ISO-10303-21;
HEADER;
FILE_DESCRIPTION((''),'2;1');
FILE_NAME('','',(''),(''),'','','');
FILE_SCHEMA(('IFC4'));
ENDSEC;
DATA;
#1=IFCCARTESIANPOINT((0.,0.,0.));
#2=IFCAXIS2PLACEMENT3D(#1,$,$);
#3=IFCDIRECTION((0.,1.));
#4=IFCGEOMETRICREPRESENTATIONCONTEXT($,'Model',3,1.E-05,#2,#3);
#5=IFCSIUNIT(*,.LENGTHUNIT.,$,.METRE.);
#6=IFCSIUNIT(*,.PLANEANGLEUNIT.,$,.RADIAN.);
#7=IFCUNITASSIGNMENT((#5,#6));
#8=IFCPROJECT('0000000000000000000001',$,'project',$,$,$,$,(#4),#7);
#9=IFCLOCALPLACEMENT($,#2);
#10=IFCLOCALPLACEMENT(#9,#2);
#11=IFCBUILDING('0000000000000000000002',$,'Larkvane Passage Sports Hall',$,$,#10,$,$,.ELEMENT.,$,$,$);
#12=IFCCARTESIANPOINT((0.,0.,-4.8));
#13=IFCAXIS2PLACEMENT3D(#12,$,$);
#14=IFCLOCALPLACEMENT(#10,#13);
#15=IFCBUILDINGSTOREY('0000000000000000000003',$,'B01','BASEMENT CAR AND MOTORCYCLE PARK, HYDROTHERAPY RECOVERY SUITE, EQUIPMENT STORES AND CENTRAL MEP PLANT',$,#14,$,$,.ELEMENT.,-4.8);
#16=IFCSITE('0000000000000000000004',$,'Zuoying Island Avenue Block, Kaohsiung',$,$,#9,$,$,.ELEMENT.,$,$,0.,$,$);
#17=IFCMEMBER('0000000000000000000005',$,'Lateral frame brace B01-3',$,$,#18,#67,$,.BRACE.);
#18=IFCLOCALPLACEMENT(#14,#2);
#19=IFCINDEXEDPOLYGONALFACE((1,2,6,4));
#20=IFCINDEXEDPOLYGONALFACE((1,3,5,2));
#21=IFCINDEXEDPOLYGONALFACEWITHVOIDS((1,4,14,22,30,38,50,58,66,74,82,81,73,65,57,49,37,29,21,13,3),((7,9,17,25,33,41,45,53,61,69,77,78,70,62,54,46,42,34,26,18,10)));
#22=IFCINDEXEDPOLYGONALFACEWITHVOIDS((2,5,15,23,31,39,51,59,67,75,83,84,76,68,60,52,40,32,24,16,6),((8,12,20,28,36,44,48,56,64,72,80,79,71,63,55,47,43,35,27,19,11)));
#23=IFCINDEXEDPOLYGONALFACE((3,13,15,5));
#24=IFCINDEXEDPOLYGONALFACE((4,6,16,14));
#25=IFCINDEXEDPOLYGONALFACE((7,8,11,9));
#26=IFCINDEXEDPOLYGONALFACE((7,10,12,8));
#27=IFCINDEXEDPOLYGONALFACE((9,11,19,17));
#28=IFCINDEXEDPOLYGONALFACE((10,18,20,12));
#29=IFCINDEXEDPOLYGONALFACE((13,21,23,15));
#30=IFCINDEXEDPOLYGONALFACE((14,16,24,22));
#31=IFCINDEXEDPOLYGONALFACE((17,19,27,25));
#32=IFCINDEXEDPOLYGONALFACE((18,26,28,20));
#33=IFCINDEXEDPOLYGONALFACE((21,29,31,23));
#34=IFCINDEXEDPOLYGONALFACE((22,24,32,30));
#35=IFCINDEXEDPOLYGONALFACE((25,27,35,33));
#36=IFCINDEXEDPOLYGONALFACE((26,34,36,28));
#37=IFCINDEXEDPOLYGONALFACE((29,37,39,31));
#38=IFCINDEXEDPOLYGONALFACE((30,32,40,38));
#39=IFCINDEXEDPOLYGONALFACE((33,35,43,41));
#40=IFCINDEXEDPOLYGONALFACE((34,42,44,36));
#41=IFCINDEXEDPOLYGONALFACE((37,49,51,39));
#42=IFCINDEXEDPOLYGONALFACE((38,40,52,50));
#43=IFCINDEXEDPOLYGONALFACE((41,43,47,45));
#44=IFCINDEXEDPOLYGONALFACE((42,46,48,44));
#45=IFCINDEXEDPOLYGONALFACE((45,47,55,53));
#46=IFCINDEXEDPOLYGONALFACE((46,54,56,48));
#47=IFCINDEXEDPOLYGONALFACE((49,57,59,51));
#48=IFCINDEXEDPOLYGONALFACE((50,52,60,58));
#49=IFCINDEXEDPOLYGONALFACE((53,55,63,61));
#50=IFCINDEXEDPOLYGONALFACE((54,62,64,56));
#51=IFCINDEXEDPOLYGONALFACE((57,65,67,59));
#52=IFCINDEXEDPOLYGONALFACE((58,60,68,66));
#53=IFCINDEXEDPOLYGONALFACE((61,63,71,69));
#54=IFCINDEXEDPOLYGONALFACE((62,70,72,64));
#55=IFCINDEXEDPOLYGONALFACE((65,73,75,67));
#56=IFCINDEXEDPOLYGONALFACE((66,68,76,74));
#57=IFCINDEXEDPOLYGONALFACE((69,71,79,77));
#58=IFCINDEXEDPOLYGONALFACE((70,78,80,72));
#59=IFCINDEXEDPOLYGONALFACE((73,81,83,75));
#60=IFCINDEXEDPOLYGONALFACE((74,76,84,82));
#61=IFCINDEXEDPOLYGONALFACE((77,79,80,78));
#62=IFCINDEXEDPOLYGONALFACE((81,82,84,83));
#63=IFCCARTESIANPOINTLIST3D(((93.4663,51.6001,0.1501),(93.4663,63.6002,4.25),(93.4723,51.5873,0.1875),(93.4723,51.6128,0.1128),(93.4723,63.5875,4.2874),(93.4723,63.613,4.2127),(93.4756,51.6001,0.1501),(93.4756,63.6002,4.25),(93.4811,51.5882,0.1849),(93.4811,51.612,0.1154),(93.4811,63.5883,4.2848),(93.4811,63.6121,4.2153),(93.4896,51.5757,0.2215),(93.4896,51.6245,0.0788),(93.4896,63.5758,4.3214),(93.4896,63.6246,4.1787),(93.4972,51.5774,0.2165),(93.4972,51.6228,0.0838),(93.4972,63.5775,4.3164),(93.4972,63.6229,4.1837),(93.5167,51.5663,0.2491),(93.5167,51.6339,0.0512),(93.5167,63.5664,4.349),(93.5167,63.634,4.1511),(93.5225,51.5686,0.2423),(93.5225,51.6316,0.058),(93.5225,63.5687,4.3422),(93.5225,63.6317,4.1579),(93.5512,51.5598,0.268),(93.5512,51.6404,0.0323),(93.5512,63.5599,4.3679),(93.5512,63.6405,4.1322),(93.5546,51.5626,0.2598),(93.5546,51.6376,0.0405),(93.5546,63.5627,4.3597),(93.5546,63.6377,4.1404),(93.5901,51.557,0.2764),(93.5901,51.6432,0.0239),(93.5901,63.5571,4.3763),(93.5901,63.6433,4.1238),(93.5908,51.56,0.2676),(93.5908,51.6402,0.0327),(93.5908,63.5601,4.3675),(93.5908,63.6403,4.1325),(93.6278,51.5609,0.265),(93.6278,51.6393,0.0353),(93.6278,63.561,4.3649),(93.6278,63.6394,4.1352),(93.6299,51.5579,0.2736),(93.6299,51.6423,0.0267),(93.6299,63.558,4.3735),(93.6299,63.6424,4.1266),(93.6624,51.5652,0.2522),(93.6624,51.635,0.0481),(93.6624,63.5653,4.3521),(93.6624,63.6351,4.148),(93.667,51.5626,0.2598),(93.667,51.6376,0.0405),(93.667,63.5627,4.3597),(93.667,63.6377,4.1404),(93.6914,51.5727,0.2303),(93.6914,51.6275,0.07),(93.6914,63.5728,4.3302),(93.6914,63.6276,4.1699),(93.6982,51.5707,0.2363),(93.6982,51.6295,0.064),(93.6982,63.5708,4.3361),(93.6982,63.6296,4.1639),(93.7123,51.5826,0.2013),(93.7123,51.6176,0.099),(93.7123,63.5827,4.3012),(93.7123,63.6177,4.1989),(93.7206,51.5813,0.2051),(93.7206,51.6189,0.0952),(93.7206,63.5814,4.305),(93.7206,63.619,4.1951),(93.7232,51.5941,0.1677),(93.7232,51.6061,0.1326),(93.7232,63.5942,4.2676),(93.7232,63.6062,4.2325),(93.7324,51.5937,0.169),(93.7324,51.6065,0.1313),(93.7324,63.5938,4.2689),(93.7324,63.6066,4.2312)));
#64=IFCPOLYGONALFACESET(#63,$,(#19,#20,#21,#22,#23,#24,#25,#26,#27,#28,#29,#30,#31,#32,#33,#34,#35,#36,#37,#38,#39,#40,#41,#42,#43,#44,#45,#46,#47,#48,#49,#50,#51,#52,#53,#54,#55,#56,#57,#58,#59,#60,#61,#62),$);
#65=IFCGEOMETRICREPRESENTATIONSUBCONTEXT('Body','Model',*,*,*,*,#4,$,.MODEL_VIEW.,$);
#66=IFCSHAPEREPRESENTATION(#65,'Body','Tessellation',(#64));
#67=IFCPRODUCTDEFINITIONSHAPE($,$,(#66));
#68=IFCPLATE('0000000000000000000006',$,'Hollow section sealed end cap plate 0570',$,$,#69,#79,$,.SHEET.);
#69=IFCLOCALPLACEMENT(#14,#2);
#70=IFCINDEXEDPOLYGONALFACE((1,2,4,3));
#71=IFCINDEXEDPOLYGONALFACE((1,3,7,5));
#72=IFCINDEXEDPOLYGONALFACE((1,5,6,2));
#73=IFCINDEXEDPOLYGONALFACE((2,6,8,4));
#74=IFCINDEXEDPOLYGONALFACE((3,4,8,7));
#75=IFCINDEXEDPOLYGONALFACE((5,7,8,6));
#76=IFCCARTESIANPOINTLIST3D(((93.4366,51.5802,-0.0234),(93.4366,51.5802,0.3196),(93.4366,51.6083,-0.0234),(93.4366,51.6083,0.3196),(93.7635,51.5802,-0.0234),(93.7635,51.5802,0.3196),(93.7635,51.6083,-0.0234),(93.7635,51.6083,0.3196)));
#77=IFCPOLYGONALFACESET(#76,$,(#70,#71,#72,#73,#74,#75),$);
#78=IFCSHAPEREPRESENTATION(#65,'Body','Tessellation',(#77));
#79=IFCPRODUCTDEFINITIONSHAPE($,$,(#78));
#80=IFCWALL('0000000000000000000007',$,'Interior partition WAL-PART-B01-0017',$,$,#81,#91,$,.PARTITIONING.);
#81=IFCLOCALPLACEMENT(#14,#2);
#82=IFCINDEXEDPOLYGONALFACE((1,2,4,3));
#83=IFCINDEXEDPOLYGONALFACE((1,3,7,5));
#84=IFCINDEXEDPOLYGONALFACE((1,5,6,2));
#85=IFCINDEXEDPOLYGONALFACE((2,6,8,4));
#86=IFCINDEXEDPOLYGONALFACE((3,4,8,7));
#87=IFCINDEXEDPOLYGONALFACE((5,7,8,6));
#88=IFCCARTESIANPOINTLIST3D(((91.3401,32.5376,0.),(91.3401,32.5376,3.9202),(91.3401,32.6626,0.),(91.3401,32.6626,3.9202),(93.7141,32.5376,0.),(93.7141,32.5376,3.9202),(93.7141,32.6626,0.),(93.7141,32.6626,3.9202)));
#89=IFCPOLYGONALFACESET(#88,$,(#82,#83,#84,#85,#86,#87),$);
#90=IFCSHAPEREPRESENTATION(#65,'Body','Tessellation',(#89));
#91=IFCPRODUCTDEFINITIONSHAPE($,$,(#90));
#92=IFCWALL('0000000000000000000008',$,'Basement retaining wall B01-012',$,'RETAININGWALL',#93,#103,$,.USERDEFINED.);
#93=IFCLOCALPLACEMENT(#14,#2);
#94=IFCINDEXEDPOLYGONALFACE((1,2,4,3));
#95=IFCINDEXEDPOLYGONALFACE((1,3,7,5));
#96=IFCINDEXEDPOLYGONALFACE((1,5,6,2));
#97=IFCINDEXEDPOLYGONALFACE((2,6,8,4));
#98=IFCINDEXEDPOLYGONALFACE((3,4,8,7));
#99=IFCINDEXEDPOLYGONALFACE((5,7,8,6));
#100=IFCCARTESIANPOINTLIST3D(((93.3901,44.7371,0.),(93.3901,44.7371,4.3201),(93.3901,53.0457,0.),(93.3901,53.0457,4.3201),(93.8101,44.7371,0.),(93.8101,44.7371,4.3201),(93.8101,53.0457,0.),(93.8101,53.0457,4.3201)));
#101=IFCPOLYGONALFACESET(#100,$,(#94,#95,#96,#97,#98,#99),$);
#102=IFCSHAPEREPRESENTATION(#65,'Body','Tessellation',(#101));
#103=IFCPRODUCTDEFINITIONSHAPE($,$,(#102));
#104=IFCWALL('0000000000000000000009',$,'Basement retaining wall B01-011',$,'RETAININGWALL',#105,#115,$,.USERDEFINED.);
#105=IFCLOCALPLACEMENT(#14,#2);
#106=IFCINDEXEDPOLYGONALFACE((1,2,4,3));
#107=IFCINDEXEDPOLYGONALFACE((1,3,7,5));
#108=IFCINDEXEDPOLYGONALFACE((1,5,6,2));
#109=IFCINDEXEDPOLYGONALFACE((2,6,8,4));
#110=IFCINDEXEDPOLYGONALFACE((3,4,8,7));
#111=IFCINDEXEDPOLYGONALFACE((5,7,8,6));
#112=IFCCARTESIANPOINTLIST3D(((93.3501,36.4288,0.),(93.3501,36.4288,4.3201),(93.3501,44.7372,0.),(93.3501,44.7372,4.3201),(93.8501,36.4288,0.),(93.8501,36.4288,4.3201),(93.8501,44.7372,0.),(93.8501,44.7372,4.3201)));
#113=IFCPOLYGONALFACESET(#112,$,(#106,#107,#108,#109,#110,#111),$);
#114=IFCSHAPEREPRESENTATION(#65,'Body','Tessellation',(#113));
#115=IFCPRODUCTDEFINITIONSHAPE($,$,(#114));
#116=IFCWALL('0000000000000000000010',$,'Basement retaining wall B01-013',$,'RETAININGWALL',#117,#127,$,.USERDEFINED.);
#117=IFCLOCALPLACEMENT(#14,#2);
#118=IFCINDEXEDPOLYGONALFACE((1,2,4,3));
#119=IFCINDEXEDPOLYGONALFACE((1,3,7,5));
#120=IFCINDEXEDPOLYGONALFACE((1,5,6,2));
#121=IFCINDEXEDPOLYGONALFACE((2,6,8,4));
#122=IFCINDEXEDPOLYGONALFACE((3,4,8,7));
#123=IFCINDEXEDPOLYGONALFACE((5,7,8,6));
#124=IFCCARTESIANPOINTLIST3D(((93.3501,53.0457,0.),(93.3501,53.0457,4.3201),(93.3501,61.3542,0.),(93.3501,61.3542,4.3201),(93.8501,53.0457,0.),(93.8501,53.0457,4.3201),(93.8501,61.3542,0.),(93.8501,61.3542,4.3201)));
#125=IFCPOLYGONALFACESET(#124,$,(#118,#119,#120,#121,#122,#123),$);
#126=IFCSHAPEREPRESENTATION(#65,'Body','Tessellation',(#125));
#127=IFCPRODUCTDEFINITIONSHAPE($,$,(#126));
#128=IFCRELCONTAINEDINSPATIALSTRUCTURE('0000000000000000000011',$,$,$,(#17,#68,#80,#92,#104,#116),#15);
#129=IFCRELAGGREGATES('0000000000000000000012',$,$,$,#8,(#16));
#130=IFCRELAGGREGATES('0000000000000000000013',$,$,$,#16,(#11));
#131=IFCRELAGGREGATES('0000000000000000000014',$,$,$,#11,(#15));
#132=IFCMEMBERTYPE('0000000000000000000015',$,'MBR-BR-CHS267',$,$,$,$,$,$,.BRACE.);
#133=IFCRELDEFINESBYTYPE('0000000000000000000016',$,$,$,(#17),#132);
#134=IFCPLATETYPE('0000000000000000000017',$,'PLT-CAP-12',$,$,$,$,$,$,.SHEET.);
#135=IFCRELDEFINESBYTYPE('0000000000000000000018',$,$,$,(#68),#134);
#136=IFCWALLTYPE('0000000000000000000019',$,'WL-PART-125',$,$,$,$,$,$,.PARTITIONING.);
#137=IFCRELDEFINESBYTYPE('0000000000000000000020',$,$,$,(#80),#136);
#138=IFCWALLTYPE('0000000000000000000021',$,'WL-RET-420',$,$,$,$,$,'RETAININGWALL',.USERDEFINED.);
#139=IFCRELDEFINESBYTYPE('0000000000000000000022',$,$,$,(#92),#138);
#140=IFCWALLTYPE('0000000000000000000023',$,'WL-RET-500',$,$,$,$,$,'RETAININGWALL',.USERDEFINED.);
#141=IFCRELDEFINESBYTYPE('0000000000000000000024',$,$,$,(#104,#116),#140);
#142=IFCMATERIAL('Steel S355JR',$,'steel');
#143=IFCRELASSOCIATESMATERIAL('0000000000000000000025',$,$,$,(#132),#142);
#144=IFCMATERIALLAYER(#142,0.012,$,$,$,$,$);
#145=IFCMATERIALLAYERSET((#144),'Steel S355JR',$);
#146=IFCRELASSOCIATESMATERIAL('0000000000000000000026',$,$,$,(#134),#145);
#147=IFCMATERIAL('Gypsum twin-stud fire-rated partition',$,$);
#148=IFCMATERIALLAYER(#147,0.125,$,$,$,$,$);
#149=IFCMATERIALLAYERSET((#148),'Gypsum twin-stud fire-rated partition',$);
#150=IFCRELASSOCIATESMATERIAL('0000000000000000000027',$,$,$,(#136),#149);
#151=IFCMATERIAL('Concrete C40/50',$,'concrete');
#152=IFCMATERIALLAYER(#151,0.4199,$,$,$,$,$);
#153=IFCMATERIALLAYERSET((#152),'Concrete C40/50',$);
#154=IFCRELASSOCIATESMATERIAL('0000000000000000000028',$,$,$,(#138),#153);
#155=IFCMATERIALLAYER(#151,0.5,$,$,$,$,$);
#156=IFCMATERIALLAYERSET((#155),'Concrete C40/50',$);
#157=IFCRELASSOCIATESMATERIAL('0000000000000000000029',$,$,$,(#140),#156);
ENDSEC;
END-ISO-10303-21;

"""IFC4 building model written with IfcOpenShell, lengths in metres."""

from ifc_helpers import new_model, si_unit, direction, frame, frame_2d, origin, origin_2d, place, context, subcontext, project, spatial, rectangle, hollow_circle, extrude, material, layer, layer_set, material_profile, profile_set, type_object, element, save


model = new_model("IFC4")

# Units and contexts
model_context = context("Model", 3, precision=1e-05, world=origin(), true_north=direction((0.0, 1.0)))
body_context = subcontext(model_context, "Body", "Model", "MODEL_VIEW")
ifc_project = project(units=[si_unit("LENGTHUNIT", "METRE"), si_unit("PLANEANGLEUNIT", "RADIAN")], contexts=[model_context])

# Site, building, storey
site_placement = place(None, origin())
site = spatial("IfcSite", under=ifc_project, at=site_placement, Name="Zuoying Island Avenue Block, Kaohsiung", CompositionType="ELEMENT", RefElevation=0.0)
building_placement = place(site_placement, origin())
building = spatial("IfcBuilding", under=site, at=building_placement, Name="Larkvane Passage Sports Hall", CompositionType="ELEMENT")
storey_placement = place(building_placement, frame((0.0, 0.0, -4.8)))
storey = spatial("IfcBuildingStorey", under=building, at=storey_placement, Name="B01", Description="BASEMENT CAR AND MOTORCYCLE PARK, HYDROTHERAPY RECOVERY SUITE, EQUIPMENT STORES AND CENTRAL MEP PLANT", CompositionType="ELEMENT", Elevation=-4.8)

# Shared definitions
ifc_material_1 = material(Name="Concrete C40/50", Category="concrete")

# Shared definitions
ifc_material_2 = material(Name="Steel S355JR", Category="steel")

# Member
ifc_material_profile_1 = material_profile(ifc_material_2, hollow_circle(Radius=0.1338, WallThickness=0.0093, at=origin_2d()), Name="CHS-267.4x9.3")
ifc_profile_set_1 = profile_set([ifc_material_profile_1], Name="Steel S355JR")
member_type = type_object("IfcMemberType", Name="MBR-BR-CHS267", PredefinedType="BRACE", material=ifc_profile_set_1)
member_placement = place(storey_placement, frame((93.6001, 51.6001, 0.1501), z_axis=(0.0, 0.946295, 0.323306), x_axis=(-1.0, 0.0, 0.0)))
element("IfcMember", 1, at=member_placement, inside=storey, type_object=member_type, Name="Lateral frame brace B01-3", PredefinedType="BRACE", context=body_context, shape_type="SweptSolid", body=[
    extrude(hollow_circle(Radius=0.1338, WallThickness=0.0093, at=origin_2d()), origin(), (0.0, 0.0, 1.0), 12.6812),
])

# Plate
ifc_layer_1 = layer(ifc_material_2, 0.012)
ifc_layer_set_1 = layer_set([ifc_layer_1], Name="Steel S355JR")
plate_type = type_object("IfcPlateType", Name="PLT-CAP-12", PredefinedType="SHEET", material=ifc_layer_set_1)
plate_placement = place(storey_placement, frame((93.6001, 51.5942, -0.0234), z_axis=(0.0, 0.0, 1.0), x_axis=(-1.0, 0.0, 0.0)))
element("IfcPlate", 2, at=plate_placement, inside=storey, type_object=plate_type, Name="Hollow section sealed end cap plate 0570", PredefinedType="SHEET", context=body_context, shape_type="SweptSolid", body=[
    extrude(rectangle(XDim=0.3269, YDim=0.0281, at=origin_2d()), origin(), (0.0, 0.0, 1.0), 0.343),
])

# Walls
ifc_material_3 = material(Name="Gypsum twin-stud fire-rated partition")
ifc_layer_2 = layer(ifc_material_3, 0.125)
ifc_layer_set_2 = layer_set([ifc_layer_2], Name="Gypsum twin-stud fire-rated partition")
wall_type_1 = type_object("IfcWallType", Name="WL-PART-125", PredefinedType="PARTITIONING", material=ifc_layer_set_2)
wall_1_placement = place(storey_placement, frame((93.7141, 32.6001, 0.0), z_axis=(0.0, 0.0, 1.0), x_axis=(-1.0, 0.0, 0.0)))
element("IfcWall", 3, at=wall_1_placement, inside=storey, type_object=wall_type_1, Name="Interior partition WAL-PART-B01-0017", PredefinedType="PARTITIONING", context=body_context, shape_type="SweptSolid", body=[
    extrude(rectangle(XDim=2.374, YDim=0.125, at=frame_2d((1.187, 0.0))), origin(), (0.0, 0.0, 1.0), 3.9202),
])
ifc_layer_3 = layer(ifc_material_1, 0.4199)
ifc_layer_set_3 = layer_set([ifc_layer_3], Name="Concrete C40/50")
wall_type_2 = type_object("IfcWallType", Name="WL-RET-420", ElementType="RETAININGWALL", PredefinedType="USERDEFINED", material=ifc_layer_set_3)
wall_2_placement = place(storey_placement, frame((93.6001, 44.7371, 0.0), z_axis=(0.0, 0.0, 1.0), x_axis=(0.0, 1.0, 0.0)))
element("IfcWall", 4, at=wall_2_placement, inside=storey, type_object=wall_type_2, Name="Basement retaining wall B01-012", ObjectType="RETAININGWALL", PredefinedType="USERDEFINED", context=body_context, shape_type="SweptSolid", body=[
    extrude(rectangle(XDim=8.3086, YDim=0.4199, at=frame_2d((4.1543, 0.0))), origin(), (0.0, 0.0, 1.0), 4.3201),
])
ifc_layer_4 = layer(ifc_material_1, 0.5)
ifc_layer_set_4 = layer_set([ifc_layer_4], Name="Concrete C40/50")
wall_type_3 = type_object("IfcWallType", Name="WL-RET-500", ElementType="RETAININGWALL", PredefinedType="USERDEFINED", material=ifc_layer_set_4)
wall_3_placement = place(storey_placement, frame((93.6001, 36.4287, 0.0), z_axis=(0.0, 0.0, 1.0), x_axis=(0.0, 1.0, 0.0)))
element("IfcWall", 5, at=wall_3_placement, inside=storey, type_object=wall_type_3, Name="Basement retaining wall B01-011", ObjectType="RETAININGWALL", PredefinedType="USERDEFINED", context=body_context, shape_type="SweptSolid", body=[
    extrude(rectangle(XDim=8.3083, YDim=0.5, at=frame_2d((4.1543, 0.0))), origin(), (0.0, 0.0, 1.0), 4.3201),
])
wall_4_placement = place(storey_placement, frame((93.6001, 53.0457, 0.0), z_axis=(0.0, 0.0, 1.0), x_axis=(0.0, 1.0, 0.0)))
element("IfcWall", 6, at=wall_4_placement, inside=storey, type_object=wall_type_3, Name="Basement retaining wall B01-013", ObjectType="RETAININGWALL", PredefinedType="USERDEFINED", context=body_context, shape_type="SweptSolid", body=[
    extrude(rectangle(XDim=8.3086, YDim=0.5, at=frame_2d((4.1543, 0.0))), origin(), (0.0, 0.0, 1.0), 4.3201),
])

save(model, "model.ifc")
